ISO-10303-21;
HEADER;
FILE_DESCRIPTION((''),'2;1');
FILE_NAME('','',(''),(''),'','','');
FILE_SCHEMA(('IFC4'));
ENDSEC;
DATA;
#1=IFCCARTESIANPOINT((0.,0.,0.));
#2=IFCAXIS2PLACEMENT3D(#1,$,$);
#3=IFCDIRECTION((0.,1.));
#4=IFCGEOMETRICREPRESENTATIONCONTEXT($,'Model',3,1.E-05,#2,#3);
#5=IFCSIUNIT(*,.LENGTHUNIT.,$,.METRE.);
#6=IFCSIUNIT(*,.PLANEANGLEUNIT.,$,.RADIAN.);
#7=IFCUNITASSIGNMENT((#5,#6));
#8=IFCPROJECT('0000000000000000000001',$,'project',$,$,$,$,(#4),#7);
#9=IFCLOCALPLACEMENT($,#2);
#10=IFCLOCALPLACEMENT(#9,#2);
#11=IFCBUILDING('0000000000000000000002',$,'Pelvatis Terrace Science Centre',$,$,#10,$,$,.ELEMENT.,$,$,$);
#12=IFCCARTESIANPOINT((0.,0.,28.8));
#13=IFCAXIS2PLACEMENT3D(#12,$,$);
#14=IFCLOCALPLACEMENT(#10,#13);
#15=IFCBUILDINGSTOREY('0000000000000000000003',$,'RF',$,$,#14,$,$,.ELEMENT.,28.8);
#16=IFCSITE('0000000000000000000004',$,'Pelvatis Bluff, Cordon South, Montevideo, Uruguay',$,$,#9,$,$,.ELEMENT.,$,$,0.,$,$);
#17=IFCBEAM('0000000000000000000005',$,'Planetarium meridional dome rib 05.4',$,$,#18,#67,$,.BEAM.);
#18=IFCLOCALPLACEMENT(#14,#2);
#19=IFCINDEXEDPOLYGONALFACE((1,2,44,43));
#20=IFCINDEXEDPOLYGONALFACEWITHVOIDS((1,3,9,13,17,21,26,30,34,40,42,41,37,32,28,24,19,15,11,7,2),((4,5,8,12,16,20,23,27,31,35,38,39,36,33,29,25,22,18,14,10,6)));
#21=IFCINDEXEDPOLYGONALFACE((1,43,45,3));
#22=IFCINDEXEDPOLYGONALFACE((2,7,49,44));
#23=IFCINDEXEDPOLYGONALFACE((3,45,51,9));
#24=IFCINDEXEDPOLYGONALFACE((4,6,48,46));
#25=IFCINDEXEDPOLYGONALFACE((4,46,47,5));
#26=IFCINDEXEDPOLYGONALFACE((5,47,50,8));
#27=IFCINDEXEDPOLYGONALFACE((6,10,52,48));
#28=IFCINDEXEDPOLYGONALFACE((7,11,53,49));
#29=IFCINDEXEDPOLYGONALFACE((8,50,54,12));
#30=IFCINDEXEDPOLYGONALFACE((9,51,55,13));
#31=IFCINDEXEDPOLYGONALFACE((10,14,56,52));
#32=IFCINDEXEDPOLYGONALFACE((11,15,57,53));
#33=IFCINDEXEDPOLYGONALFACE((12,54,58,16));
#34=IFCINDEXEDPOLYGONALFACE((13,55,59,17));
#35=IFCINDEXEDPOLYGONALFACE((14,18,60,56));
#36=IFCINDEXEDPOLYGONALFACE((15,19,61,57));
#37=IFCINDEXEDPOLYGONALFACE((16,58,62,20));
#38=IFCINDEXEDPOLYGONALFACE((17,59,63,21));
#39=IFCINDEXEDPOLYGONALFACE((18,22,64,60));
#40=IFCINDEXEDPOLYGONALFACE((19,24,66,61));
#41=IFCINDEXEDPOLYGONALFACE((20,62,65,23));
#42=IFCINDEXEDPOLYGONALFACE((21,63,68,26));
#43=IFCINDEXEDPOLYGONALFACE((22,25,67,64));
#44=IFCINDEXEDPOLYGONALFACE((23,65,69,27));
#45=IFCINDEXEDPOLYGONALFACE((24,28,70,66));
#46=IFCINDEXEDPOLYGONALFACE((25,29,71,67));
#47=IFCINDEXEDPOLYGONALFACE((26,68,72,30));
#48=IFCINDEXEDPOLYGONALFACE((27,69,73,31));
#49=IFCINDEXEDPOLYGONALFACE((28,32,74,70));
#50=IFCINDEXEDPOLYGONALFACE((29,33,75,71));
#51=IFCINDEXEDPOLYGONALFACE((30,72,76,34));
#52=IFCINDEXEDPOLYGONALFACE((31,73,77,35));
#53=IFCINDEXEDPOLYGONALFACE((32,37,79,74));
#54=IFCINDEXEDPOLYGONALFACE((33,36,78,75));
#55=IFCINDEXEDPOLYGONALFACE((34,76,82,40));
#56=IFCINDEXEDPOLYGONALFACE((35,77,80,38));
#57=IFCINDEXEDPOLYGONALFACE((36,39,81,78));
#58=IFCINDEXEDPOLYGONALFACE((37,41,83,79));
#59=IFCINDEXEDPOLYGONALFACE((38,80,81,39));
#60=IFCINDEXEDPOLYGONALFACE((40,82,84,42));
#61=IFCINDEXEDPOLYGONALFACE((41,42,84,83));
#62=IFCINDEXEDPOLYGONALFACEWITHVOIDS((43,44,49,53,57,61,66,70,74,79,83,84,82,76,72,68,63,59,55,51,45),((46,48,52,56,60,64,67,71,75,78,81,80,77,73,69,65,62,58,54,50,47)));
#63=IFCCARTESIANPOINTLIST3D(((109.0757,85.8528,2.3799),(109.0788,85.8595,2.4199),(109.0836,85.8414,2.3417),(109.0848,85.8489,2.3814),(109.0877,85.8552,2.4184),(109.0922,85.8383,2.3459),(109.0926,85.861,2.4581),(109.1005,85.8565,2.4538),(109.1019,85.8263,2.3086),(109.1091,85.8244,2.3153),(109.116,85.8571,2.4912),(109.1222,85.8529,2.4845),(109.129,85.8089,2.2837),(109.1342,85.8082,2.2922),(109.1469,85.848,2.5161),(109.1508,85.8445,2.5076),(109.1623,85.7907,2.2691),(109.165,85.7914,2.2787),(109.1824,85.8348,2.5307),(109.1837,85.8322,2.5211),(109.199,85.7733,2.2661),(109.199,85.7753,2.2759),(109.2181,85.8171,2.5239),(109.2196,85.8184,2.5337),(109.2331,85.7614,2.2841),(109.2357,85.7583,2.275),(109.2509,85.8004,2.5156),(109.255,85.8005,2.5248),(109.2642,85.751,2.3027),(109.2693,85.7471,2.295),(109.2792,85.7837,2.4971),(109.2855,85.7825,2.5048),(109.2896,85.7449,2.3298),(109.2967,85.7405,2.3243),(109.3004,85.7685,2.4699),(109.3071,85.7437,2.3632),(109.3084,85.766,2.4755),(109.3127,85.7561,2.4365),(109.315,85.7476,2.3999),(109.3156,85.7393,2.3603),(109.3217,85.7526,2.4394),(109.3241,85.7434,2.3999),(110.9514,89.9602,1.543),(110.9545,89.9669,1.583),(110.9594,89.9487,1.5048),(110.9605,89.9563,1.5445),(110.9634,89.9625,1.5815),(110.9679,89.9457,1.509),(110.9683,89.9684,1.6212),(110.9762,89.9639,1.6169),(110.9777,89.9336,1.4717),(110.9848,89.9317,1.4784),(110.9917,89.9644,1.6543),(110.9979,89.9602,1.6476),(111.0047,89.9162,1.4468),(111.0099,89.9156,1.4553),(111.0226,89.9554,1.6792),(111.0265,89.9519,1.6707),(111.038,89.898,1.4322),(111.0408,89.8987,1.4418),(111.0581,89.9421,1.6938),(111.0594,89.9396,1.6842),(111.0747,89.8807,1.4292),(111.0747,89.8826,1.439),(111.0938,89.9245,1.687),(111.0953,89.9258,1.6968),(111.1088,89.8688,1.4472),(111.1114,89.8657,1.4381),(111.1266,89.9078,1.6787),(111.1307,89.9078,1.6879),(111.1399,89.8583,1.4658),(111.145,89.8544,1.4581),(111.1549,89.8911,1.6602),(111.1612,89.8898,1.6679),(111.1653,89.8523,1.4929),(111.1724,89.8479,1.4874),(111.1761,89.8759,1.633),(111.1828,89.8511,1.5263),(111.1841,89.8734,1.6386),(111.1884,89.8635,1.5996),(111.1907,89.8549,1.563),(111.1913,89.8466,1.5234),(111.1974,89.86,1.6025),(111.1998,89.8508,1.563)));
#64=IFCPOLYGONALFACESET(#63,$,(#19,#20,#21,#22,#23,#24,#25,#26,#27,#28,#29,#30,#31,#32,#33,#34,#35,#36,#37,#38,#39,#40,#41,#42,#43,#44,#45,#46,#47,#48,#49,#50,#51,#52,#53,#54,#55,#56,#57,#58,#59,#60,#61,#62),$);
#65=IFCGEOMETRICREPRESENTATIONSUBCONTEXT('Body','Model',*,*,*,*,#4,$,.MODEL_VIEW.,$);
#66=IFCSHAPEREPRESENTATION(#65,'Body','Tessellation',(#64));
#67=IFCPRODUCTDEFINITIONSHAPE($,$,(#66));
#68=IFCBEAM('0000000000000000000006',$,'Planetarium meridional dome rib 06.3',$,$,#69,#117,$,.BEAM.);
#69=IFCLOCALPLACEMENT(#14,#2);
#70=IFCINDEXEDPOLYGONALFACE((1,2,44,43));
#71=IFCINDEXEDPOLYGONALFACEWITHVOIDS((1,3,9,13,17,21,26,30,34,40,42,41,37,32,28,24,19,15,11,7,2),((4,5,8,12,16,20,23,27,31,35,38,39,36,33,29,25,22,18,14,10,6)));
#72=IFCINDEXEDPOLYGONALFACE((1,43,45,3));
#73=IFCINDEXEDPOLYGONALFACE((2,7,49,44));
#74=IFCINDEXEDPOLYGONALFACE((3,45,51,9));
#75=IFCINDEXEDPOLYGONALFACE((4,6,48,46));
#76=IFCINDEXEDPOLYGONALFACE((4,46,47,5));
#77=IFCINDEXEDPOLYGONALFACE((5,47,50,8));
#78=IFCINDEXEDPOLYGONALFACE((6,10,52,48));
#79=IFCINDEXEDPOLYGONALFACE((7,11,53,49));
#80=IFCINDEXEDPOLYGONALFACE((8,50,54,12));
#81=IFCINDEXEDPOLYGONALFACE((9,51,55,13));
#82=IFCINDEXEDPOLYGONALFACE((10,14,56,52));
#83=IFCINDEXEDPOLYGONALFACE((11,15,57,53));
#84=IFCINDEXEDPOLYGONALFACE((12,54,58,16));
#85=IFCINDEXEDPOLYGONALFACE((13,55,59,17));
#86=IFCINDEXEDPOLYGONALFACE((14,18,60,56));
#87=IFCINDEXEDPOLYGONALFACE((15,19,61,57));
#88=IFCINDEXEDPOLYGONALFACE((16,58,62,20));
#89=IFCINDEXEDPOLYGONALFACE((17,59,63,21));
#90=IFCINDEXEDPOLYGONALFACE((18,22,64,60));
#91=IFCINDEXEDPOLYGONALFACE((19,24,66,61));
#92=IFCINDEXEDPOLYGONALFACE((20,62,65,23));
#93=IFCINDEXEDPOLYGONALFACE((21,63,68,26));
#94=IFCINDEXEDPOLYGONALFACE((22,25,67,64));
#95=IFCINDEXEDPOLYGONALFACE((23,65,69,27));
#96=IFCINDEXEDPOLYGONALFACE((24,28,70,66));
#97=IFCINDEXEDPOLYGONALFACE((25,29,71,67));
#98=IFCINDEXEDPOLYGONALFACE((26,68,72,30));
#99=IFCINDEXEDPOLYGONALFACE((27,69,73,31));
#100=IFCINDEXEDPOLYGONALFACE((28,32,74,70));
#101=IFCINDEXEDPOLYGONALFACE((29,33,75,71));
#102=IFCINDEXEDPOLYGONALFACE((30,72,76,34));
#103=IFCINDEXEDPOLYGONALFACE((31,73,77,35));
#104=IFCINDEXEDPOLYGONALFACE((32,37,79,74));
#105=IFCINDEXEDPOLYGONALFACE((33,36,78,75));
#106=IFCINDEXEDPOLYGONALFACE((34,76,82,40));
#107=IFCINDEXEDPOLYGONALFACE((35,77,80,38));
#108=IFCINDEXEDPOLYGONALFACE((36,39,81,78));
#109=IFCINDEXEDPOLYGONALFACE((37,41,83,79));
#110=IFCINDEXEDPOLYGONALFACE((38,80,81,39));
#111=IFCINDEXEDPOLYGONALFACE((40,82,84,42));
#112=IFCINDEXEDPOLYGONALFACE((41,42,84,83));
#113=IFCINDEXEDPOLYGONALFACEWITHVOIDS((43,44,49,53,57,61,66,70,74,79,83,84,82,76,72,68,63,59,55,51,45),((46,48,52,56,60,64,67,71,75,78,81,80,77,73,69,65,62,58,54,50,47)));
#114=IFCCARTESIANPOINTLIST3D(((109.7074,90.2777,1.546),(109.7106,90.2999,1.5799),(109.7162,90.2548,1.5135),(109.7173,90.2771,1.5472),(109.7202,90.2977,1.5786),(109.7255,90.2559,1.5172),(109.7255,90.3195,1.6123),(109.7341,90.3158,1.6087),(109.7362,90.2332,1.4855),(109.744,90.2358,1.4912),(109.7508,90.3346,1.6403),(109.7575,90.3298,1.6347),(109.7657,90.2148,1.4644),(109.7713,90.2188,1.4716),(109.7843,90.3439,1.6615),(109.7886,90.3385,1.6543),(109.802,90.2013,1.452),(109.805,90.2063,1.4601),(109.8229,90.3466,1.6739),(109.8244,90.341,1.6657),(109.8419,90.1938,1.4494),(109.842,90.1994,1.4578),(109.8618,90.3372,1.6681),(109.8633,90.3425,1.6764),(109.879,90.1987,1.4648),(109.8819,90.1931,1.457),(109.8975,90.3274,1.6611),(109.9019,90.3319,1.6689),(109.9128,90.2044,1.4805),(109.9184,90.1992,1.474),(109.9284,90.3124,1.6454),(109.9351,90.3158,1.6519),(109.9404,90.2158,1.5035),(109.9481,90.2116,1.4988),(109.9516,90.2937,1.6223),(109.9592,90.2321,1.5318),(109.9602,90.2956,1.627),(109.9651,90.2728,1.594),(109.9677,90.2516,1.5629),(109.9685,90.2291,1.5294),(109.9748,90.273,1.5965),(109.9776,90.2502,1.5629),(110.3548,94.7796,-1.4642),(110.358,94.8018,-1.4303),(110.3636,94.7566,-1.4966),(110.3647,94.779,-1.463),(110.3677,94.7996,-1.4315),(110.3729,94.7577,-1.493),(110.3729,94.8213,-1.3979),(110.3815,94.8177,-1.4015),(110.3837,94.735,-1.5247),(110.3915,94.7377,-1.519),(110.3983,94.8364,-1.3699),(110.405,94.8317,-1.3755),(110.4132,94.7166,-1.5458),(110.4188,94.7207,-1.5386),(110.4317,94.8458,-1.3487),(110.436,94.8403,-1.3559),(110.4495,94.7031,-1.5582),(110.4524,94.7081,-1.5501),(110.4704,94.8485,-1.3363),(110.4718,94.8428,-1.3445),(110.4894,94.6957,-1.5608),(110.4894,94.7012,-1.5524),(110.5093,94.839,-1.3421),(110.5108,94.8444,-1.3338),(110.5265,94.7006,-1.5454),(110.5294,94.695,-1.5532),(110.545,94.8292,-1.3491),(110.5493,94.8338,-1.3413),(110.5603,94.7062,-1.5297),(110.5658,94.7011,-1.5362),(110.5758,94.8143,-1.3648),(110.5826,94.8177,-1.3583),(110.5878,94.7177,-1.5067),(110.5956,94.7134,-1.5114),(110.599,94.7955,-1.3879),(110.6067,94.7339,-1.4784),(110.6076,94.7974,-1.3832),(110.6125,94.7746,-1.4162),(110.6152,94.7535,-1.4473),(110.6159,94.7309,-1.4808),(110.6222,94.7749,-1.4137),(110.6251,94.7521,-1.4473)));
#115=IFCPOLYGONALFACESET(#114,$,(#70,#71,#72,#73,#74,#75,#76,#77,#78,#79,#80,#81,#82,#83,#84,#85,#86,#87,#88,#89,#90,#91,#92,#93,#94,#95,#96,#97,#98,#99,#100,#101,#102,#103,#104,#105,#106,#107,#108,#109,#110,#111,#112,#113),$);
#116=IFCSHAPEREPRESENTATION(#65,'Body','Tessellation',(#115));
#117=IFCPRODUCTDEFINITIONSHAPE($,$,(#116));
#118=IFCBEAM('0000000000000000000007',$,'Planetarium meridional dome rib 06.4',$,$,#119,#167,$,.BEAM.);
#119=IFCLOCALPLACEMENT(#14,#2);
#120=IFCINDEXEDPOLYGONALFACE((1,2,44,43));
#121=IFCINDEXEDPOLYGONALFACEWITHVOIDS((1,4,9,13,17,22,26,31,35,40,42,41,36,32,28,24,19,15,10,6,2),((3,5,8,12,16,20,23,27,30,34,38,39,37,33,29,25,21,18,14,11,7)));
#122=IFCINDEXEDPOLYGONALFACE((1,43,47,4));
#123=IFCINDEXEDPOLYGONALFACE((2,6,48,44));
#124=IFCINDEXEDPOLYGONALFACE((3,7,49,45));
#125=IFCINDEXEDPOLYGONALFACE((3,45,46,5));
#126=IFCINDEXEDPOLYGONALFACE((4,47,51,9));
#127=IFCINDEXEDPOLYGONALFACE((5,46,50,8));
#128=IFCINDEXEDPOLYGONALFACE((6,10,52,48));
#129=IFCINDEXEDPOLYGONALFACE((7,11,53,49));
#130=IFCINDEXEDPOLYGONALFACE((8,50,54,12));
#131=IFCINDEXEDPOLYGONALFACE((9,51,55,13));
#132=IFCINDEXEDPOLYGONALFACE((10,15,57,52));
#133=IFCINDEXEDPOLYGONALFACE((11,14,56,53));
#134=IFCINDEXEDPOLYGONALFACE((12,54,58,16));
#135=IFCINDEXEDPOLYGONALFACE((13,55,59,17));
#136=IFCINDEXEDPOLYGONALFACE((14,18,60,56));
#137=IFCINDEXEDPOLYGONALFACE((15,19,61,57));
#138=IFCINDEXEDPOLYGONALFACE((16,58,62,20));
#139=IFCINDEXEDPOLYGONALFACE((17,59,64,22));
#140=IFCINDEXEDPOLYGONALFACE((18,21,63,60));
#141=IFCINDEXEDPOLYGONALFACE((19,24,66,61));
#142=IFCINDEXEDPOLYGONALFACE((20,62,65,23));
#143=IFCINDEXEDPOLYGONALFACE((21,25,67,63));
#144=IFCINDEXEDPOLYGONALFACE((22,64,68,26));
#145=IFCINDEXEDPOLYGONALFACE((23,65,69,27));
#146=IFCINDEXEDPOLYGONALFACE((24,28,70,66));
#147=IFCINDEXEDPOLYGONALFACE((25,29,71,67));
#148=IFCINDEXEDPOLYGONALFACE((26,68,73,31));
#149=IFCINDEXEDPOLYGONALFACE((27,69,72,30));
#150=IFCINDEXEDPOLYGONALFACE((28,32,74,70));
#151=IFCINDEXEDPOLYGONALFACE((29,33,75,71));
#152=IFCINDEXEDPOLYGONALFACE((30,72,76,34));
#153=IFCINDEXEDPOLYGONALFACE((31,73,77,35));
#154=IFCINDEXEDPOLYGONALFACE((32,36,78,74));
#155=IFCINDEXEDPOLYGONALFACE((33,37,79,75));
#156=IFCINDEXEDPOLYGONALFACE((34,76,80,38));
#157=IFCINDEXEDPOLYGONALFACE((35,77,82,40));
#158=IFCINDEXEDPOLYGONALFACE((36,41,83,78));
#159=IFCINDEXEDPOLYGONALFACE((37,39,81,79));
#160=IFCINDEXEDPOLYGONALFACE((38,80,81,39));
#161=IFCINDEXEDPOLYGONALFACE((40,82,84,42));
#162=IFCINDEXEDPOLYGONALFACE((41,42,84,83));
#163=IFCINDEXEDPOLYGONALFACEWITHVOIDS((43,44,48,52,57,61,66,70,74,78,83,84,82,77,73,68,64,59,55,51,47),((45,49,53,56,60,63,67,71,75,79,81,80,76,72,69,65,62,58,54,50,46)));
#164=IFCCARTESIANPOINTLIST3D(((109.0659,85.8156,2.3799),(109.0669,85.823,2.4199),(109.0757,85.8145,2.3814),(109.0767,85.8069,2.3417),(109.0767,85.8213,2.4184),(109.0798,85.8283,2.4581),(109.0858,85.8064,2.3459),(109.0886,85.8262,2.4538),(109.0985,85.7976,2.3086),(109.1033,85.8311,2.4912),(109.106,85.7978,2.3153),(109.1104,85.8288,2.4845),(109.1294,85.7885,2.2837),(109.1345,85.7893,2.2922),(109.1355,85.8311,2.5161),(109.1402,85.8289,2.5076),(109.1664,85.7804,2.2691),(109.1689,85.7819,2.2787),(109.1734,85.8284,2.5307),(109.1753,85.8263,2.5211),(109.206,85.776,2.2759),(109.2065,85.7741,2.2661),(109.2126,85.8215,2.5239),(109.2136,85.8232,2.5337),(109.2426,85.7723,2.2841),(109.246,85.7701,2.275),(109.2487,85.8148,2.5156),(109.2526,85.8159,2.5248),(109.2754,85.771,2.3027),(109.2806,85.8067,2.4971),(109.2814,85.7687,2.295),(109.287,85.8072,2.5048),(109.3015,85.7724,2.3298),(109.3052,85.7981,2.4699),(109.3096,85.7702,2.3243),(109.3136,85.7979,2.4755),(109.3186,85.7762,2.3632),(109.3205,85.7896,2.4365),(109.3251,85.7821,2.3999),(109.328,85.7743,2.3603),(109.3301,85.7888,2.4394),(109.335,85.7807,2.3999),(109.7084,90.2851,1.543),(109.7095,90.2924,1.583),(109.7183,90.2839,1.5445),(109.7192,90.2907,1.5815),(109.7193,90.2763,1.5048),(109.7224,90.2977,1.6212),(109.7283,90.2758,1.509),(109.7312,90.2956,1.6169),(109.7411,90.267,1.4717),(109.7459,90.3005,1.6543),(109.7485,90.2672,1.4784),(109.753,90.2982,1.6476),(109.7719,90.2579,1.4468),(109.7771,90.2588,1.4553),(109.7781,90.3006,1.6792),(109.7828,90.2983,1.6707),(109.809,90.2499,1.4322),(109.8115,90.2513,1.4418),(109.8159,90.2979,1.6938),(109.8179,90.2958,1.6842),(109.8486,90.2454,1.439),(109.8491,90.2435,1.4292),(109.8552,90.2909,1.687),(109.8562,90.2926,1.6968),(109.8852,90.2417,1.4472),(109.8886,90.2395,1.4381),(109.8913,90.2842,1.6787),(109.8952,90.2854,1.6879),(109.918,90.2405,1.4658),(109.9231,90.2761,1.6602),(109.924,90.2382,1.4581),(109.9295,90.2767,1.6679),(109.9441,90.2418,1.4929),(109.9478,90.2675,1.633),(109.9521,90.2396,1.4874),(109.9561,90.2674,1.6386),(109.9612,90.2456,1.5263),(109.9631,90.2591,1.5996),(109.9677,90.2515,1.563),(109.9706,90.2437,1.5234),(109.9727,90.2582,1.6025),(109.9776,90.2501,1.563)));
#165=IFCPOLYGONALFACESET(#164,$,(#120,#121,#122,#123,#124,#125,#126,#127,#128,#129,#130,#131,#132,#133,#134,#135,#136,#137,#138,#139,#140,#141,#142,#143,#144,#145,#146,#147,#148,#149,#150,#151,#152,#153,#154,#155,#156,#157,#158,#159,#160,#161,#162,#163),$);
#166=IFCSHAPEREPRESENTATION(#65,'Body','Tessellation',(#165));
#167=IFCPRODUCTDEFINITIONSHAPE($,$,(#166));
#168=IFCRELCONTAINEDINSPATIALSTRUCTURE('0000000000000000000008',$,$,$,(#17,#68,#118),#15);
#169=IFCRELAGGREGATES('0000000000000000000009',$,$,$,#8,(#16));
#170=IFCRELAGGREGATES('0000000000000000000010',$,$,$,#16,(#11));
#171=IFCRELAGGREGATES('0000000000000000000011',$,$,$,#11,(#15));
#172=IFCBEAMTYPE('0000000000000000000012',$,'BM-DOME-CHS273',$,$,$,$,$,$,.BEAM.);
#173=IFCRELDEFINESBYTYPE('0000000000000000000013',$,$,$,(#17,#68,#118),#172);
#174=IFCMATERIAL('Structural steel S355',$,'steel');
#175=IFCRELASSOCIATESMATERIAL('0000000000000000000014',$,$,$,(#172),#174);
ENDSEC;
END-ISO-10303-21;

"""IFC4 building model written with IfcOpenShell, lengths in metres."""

from ifc_helpers import new_model, si_unit, direction, frame, origin, origin_2d, place, context, subcontext, project, spatial, hollow_circle, extrude, material, material_profile, profile_set, type_object, element, save


model = new_model("IFC4")

# Units and contexts
model_context = context("Model", 3, precision=1e-05, world=origin(), true_north=direction((0.0, 1.0)))
body_context = subcontext(model_context, "Body", "Model", "MODEL_VIEW")
ifc_project = project(units=[si_unit("LENGTHUNIT", "METRE"), si_unit("PLANEANGLEUNIT", "RADIAN")], contexts=[model_context])

# Site, building, storey
site_placement = place(None, origin())
site = spatial("IfcSite", under=ifc_project, at=site_placement, Name="Pelvatis Bluff, Cordon South, Montevideo, Uruguay", CompositionType="ELEMENT", RefElevation=0.0)
building_placement = place(site_placement, origin())
building = spatial("IfcBuilding", under=site, at=building_placement, Name="Pelvatis Terrace Science Centre", CompositionType="ELEMENT")
storey_placement = place(building_placement, frame((0.0, 0.0, 28.8)))
storey = spatial("IfcBuildingStorey", under=building, at=storey_placement, Name="RF", CompositionType="ELEMENT", Elevation=28.8)

# Beams
ifc_material_1 = material(Name="Structural steel S355", Category="steel")
ifc_material_profile_1 = material_profile(ifc_material_1, hollow_circle(Radius=0.1365, WallThickness=0.01, at=origin_2d()), Name="CHS 273.0x10.0")
ifc_profile_set_1 = profile_set([ifc_material_profile_1], Name="Structural steel S355")
beam_type_1 = type_object("IfcBeamType", Name="BM-DOME-CHS273", PredefinedType="BEAM", material=ifc_profile_set_1)
beam_1_placement = place(storey_placement, frame((111.0757, 89.9075, 1.563), z_axis=(-0.408447, -0.894405, 0.182241), x_axis=(0.909637, -0.415403, 0.0)))
element("IfcBeam", 1, at=beam_1_placement, inside=storey, type_object=beam_type_1, Name="Planetarium meridional dome rib 05.4", PredefinedType="BEAM", context=body_context, shape_type="SweptSolid", body=[
    extrude(hollow_circle(Radius=0.1365, WallThickness=0.01, at=origin_2d()), origin(), (0.0, 0.0, 1.0), 4.5923),
])
beam_2_placement = place(storey_placement, frame((110.49, 94.7715, -1.4473), z_axis=(-0.118708, -0.825409, 0.551914), x_axis=(0.989816, -0.142353, 0.0)))
element("IfcBeam", 2, at=beam_2_placement, inside=storey, type_object=beam_type_1, Name="Planetarium meridional dome rib 06.3", PredefinedType="BEAM", context=body_context, shape_type="SweptSolid", body=[
    extrude(hollow_circle(Radius=0.1365, WallThickness=0.01, at=origin_2d()), origin(), (0.0, 0.0, 1.0), 5.4541),
])
beam_3_placement = place(storey_placement, frame((109.8425, 90.2695, 1.563), z_axis=(-0.139924, -0.973247, 0.182241), x_axis=(0.989823, -0.142307, 0.0)))
element("IfcBeam", 3, at=beam_3_placement, inside=storey, type_object=beam_type_1, Name="Planetarium meridional dome rib 06.4", PredefinedType="BEAM", context=body_context, shape_type="SweptSolid", body=[
    extrude(hollow_circle(Radius=0.1365, WallThickness=0.01, at=origin_2d()), origin(), (0.0, 0.0, 1.0), 4.5923),
])

save(model, "model.ifc")
